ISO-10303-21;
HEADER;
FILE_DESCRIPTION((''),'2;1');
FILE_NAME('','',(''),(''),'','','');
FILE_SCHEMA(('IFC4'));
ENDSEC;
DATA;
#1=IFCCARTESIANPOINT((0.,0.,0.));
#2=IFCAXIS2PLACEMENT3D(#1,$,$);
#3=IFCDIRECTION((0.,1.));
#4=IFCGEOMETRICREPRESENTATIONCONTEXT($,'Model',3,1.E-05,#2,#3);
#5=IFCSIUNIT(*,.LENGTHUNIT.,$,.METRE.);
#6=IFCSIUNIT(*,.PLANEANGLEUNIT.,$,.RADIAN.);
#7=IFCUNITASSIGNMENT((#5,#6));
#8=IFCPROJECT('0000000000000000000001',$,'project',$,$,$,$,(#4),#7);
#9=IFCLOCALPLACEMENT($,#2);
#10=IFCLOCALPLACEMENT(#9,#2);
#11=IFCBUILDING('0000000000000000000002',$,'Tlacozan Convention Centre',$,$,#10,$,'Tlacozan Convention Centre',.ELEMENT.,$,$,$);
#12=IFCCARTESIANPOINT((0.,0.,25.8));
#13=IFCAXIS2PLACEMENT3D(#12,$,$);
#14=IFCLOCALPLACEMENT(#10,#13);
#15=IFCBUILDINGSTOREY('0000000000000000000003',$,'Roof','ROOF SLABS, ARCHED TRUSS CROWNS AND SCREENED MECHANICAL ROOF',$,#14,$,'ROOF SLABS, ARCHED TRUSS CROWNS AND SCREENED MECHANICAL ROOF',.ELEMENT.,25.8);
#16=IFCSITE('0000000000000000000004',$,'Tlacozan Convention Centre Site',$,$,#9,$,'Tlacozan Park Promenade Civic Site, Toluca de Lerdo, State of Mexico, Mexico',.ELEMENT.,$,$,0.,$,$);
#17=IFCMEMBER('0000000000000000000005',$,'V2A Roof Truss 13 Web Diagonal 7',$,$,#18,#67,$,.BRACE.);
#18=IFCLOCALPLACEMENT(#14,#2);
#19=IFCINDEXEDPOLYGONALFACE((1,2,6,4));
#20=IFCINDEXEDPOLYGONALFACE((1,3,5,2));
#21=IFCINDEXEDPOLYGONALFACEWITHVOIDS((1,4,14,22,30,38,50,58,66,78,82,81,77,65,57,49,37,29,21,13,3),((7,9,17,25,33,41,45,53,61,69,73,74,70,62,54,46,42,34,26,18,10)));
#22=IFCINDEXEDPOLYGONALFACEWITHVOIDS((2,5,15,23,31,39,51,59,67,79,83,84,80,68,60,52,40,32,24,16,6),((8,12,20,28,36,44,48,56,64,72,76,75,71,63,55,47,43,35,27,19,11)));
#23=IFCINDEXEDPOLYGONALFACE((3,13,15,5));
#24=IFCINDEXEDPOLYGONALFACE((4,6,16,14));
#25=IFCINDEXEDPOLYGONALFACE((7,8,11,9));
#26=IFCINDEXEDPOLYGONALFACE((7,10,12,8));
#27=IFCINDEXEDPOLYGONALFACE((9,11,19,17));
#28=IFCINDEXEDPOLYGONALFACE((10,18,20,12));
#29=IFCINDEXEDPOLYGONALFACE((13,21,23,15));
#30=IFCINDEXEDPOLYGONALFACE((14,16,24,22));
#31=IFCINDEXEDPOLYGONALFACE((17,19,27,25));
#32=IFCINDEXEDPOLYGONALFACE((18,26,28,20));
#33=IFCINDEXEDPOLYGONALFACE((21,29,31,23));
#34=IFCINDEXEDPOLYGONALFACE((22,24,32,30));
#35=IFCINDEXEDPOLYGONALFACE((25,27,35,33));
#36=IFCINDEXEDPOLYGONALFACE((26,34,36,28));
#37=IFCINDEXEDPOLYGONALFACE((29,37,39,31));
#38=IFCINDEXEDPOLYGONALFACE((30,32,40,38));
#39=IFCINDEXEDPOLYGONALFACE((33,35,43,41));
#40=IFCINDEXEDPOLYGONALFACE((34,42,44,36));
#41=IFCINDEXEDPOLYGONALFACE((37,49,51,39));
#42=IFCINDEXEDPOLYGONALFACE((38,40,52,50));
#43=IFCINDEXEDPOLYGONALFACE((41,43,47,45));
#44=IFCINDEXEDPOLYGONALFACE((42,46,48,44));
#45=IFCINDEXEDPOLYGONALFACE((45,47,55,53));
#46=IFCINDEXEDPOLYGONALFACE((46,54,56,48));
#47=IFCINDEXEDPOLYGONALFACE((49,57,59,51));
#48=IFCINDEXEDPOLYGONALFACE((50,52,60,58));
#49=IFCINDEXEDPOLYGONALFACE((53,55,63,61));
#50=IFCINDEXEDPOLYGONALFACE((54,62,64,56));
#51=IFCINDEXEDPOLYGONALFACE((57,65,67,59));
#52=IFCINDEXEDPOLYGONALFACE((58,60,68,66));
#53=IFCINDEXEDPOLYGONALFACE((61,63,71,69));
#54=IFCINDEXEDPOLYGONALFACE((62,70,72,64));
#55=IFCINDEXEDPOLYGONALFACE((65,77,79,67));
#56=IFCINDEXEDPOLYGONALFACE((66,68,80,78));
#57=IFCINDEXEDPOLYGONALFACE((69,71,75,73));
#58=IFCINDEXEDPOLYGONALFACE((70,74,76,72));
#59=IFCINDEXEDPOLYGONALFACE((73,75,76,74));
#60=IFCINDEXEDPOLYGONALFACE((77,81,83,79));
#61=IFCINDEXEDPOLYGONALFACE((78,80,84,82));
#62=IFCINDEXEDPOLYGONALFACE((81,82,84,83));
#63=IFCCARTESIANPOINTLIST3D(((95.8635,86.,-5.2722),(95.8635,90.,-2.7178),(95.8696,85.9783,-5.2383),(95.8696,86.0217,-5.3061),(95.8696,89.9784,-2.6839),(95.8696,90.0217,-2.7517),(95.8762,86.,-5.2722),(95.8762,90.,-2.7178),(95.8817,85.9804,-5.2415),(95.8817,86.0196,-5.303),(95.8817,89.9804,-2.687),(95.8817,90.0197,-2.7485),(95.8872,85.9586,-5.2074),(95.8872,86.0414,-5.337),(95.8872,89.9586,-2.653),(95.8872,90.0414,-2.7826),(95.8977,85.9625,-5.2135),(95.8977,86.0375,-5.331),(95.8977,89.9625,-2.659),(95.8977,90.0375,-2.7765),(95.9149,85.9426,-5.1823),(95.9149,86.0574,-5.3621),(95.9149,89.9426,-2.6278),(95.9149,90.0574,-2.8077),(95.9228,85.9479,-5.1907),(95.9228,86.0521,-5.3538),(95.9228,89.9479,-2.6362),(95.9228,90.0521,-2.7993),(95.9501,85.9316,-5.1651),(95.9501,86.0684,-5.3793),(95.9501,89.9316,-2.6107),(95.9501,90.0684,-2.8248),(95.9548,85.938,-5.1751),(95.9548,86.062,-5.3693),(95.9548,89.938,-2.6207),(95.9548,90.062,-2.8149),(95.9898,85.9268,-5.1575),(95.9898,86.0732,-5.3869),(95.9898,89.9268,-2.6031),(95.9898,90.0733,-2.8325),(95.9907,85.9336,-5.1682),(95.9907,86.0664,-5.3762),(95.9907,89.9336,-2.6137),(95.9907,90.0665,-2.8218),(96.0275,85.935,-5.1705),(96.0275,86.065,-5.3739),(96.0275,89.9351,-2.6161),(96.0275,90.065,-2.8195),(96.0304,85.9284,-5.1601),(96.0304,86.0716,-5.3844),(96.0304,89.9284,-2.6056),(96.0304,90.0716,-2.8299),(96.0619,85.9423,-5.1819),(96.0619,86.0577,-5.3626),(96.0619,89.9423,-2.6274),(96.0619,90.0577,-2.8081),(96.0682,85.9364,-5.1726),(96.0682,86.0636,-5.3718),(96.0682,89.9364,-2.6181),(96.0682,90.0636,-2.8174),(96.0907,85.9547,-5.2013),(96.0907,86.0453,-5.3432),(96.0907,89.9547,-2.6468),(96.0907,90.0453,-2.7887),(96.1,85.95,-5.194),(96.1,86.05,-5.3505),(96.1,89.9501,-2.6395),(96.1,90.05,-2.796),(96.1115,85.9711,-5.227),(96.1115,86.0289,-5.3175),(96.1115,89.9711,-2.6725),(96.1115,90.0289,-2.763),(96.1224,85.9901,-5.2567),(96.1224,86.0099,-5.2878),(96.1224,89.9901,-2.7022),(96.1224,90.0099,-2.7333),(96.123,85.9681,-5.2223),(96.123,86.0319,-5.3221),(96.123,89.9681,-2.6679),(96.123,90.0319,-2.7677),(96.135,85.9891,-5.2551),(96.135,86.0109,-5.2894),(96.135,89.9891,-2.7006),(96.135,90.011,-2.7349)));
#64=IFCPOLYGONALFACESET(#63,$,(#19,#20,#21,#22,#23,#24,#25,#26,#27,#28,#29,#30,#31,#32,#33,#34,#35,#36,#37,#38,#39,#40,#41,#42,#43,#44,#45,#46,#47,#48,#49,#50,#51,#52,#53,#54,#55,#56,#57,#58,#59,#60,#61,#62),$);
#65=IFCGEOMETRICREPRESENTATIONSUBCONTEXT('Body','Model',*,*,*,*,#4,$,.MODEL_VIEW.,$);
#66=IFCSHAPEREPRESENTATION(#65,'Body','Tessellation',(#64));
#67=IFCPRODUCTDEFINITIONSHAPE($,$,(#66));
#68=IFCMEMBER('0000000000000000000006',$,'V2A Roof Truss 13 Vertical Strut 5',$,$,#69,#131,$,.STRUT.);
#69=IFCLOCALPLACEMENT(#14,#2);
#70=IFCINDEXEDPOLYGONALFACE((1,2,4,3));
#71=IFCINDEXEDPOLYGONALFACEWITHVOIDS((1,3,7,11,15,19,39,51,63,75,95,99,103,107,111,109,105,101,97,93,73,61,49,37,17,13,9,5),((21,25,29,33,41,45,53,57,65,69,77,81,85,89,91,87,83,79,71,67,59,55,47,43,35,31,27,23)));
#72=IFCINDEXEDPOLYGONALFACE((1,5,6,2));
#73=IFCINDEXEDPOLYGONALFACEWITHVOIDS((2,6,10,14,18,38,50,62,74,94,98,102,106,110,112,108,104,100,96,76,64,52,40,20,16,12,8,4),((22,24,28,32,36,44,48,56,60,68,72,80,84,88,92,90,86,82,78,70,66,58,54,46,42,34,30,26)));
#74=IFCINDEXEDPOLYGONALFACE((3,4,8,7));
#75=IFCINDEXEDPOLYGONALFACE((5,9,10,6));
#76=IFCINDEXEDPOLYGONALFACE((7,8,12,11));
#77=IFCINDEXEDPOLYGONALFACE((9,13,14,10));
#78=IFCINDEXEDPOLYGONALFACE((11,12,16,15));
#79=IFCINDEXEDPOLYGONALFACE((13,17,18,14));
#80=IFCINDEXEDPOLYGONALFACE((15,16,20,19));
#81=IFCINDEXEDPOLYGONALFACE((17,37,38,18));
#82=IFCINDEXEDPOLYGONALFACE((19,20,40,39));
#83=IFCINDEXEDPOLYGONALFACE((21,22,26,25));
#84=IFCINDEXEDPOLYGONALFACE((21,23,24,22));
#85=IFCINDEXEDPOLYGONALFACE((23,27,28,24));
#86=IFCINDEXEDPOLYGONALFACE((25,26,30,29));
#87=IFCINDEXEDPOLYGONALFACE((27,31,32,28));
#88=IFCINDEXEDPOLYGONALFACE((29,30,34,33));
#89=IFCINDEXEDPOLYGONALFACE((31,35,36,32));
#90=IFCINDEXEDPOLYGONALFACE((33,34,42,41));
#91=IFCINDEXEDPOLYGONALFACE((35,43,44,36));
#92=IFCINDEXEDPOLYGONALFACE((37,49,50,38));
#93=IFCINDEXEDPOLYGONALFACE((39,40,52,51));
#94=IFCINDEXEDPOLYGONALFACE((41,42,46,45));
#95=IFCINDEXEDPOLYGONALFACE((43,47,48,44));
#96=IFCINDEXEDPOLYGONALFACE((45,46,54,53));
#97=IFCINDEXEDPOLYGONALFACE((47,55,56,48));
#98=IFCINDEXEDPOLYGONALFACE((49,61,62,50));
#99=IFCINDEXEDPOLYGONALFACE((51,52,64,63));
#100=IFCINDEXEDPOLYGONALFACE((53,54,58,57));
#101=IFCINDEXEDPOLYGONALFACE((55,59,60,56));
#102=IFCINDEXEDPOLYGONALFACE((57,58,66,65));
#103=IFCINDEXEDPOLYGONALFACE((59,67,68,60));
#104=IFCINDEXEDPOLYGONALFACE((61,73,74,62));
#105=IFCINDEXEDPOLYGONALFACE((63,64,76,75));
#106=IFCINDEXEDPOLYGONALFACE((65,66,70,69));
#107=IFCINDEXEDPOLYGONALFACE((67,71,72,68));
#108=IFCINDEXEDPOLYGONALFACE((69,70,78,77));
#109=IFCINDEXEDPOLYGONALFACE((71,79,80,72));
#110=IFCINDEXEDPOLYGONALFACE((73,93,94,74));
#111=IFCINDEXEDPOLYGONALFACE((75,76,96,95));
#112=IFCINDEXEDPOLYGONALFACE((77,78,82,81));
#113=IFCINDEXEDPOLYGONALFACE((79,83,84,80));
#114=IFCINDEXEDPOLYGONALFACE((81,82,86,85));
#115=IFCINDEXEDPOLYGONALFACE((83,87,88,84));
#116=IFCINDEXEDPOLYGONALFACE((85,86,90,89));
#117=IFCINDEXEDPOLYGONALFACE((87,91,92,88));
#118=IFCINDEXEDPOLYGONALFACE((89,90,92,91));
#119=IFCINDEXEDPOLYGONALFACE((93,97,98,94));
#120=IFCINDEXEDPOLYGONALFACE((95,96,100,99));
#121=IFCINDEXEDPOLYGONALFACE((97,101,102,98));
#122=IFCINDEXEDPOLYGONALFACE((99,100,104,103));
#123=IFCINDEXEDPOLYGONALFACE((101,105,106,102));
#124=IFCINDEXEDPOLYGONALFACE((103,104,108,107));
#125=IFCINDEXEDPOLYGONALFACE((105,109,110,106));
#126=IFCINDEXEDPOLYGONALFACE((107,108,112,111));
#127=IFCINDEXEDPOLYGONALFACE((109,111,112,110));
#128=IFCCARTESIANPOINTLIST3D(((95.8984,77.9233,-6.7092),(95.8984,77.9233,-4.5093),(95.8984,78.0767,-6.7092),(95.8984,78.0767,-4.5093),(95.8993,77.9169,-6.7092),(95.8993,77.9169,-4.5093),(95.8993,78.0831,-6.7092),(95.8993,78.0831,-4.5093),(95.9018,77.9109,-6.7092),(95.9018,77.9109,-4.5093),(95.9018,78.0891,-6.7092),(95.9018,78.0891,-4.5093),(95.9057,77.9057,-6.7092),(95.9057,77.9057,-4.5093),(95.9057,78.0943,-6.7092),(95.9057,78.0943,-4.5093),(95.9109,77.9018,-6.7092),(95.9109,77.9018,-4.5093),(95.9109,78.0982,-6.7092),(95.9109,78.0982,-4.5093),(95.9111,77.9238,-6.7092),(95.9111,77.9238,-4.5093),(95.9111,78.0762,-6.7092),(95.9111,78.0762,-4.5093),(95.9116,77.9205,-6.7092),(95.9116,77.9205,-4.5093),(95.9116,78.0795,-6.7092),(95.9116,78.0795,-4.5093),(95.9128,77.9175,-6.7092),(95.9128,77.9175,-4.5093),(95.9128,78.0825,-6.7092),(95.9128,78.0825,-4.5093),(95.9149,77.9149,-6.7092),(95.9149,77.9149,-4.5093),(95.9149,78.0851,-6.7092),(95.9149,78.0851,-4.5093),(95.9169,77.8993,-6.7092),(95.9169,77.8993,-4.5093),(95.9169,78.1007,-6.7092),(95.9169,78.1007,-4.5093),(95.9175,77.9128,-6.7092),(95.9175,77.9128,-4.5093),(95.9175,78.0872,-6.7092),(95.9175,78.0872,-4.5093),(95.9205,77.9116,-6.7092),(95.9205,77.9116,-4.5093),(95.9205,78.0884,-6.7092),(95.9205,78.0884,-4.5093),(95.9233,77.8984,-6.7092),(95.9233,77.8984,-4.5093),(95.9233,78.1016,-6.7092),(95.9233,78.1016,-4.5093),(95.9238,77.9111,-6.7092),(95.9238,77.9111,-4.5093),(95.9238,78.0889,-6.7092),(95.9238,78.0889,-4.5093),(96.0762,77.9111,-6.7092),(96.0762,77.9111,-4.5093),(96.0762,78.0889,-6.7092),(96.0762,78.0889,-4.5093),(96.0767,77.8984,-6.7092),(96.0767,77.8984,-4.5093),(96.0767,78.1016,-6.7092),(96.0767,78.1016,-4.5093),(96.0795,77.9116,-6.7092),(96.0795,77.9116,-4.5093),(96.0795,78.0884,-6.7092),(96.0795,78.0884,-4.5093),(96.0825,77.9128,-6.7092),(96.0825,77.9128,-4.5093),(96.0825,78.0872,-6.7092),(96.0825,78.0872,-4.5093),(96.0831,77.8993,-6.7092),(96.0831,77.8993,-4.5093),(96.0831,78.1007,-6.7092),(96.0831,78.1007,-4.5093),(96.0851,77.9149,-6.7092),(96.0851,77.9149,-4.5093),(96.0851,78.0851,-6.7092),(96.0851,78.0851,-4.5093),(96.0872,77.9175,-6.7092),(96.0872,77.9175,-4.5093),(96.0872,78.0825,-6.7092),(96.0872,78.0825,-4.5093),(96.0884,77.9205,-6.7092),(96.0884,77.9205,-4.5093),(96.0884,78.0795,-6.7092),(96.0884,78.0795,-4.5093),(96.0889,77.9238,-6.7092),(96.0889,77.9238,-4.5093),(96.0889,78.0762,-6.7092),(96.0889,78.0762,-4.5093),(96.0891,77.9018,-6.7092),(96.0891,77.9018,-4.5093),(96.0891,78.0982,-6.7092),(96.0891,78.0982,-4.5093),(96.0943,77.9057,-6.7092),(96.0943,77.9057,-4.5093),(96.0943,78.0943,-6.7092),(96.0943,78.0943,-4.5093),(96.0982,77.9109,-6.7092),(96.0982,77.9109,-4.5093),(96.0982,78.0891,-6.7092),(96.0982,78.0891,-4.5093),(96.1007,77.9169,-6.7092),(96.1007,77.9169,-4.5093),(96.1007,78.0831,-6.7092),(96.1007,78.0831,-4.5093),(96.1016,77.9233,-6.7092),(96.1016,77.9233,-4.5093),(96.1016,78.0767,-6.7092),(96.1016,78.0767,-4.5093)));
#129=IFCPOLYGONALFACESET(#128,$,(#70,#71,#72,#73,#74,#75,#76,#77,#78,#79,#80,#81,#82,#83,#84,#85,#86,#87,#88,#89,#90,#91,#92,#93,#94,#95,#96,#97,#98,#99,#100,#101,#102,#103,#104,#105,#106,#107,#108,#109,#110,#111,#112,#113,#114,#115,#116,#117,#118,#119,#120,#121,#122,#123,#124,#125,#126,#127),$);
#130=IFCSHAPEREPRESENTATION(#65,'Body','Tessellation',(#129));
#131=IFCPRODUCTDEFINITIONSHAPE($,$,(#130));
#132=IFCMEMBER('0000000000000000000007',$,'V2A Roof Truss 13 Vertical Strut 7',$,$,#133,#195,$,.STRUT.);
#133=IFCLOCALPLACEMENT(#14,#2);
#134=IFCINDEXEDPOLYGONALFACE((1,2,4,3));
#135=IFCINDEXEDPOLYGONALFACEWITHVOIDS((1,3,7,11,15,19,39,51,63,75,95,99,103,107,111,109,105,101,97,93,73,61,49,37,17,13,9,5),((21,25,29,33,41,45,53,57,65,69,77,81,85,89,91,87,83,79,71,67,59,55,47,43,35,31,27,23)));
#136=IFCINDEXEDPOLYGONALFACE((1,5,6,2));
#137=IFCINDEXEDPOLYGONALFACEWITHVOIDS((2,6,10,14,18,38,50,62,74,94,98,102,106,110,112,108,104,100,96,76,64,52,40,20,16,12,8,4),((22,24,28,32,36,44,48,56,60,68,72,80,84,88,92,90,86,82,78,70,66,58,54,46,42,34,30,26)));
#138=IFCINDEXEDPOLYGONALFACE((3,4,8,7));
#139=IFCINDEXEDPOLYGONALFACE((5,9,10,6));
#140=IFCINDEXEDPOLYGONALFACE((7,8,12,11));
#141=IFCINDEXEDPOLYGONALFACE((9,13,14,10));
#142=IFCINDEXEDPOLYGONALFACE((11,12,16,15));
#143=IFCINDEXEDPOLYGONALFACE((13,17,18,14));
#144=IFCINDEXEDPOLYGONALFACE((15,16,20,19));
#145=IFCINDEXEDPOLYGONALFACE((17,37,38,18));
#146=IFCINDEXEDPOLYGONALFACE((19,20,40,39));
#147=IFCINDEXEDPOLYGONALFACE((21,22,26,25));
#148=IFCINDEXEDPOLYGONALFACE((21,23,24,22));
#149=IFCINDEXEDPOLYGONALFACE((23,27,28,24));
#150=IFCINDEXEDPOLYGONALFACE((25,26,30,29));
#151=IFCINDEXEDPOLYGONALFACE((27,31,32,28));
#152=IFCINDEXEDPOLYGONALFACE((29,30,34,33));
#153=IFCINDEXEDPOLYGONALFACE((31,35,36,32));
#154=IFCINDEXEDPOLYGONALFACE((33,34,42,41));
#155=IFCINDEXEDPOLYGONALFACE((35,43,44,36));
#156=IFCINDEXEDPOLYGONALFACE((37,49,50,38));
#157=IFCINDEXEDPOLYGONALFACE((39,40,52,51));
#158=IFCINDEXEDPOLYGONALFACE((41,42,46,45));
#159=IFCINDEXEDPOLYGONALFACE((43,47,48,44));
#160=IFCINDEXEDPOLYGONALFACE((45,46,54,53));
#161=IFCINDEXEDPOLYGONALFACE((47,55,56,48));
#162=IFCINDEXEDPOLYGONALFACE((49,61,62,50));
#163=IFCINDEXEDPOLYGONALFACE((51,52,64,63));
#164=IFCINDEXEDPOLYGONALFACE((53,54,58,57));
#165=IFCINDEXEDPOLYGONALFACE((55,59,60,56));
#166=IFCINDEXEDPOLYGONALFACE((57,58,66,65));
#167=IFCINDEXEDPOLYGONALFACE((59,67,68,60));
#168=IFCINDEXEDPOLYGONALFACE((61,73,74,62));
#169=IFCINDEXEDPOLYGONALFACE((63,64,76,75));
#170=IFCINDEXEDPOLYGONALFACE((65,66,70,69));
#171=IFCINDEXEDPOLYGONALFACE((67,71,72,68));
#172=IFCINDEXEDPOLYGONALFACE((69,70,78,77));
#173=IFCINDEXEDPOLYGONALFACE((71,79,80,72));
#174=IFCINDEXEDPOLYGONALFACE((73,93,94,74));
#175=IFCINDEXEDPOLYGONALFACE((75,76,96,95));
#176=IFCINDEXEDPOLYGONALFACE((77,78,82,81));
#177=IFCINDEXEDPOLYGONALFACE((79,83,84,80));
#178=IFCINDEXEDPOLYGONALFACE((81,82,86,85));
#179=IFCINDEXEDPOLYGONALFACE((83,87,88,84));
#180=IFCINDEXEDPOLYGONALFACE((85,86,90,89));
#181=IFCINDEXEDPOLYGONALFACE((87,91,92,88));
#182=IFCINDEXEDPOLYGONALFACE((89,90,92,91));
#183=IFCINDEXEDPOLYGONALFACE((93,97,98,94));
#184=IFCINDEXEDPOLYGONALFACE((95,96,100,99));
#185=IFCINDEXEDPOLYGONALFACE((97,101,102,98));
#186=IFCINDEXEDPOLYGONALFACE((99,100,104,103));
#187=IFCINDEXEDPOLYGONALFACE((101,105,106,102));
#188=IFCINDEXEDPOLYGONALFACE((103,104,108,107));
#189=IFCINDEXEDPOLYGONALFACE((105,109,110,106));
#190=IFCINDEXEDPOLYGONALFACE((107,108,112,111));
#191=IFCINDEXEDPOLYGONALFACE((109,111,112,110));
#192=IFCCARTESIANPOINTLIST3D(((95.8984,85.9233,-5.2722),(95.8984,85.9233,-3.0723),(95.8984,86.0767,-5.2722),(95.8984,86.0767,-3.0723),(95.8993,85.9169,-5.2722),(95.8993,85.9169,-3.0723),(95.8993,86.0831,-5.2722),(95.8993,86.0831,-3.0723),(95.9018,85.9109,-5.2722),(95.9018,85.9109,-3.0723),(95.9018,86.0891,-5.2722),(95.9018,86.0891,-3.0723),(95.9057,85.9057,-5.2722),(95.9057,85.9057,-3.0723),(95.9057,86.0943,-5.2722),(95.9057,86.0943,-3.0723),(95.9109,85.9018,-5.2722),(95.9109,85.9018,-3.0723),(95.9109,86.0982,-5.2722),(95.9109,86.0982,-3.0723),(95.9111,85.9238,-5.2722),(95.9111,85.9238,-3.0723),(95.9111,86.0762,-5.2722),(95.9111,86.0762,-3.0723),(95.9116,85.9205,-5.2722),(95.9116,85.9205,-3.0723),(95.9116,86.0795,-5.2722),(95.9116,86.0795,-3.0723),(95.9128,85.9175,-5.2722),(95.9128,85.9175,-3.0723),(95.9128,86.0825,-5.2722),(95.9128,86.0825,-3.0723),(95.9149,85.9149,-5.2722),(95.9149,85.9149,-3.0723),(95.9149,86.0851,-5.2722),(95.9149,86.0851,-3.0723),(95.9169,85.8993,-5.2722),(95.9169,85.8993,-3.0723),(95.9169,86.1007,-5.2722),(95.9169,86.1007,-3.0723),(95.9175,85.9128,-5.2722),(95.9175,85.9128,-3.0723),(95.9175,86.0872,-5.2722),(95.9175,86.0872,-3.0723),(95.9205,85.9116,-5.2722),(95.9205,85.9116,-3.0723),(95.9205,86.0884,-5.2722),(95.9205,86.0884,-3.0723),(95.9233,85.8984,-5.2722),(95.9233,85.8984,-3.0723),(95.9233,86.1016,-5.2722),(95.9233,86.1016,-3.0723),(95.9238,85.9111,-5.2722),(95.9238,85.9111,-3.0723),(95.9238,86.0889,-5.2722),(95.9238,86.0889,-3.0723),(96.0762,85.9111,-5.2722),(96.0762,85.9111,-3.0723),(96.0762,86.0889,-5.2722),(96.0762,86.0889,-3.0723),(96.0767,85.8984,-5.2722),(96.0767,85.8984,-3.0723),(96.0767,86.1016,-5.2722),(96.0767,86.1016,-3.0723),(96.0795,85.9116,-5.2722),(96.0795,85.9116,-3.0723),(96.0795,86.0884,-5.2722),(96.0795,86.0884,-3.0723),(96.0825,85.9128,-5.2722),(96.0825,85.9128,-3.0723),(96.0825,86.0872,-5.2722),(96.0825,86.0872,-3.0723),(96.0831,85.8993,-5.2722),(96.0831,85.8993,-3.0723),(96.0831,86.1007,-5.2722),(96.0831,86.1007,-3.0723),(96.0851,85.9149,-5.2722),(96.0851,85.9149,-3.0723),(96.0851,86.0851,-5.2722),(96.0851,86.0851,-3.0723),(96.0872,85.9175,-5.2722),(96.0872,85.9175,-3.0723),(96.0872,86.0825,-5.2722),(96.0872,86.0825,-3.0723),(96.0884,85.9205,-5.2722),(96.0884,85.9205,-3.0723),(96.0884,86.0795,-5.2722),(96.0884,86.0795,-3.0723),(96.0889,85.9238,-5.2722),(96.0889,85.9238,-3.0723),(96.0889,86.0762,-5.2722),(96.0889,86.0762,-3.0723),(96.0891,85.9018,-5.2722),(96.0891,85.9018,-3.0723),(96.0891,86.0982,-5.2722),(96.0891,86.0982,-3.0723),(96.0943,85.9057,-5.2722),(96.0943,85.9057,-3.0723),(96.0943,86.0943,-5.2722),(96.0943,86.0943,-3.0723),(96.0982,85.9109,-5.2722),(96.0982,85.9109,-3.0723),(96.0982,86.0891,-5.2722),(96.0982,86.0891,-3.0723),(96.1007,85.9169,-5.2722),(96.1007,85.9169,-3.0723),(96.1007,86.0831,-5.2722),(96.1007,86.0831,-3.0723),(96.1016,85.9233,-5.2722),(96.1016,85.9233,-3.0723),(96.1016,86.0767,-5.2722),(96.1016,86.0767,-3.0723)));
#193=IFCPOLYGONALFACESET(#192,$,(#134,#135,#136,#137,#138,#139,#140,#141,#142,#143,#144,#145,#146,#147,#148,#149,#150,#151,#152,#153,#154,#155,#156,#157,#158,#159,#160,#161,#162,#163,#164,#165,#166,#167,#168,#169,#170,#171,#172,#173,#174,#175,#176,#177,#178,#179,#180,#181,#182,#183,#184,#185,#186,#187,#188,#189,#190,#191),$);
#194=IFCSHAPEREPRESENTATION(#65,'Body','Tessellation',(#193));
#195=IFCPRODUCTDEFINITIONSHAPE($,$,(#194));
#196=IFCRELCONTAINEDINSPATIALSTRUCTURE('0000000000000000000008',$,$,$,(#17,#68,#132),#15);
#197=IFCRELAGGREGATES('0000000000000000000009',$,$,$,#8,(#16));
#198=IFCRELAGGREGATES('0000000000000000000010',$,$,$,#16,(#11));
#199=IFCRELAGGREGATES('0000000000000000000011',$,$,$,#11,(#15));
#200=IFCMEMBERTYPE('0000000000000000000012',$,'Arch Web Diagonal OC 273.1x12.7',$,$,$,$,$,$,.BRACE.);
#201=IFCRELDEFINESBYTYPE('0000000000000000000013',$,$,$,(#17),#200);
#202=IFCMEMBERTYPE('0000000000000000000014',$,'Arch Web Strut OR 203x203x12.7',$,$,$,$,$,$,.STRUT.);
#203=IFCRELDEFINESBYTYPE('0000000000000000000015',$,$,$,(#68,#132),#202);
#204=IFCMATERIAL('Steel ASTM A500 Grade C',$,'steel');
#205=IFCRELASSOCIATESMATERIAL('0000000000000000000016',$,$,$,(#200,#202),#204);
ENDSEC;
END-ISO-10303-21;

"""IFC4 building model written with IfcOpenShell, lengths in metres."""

from ifc_helpers import new_model, si_unit, direction, frame, origin, origin_2d, place, context, subcontext, project, spatial, hollow_rectangle, hollow_circle, extrude, material, material_profile, profile_set, type_object, element, save


model = new_model("IFC4")

# Units and contexts
model_context = context("Model", 3, precision=1e-05, world=origin(), true_north=direction((0.0, 1.0)))
body_context = subcontext(model_context, "Body", "Model", "MODEL_VIEW")
ifc_project = project(units=[si_unit("LENGTHUNIT", "METRE"), si_unit("PLANEANGLEUNIT", "RADIAN")], contexts=[model_context])

# Site, building, storey
site_placement = place(None, origin())
site = spatial("IfcSite", under=ifc_project, at=site_placement, Name="Tlacozan Convention Centre Site", LongName="Tlacozan Park Promenade Civic Site, Toluca de Lerdo, State of Mexico, Mexico", CompositionType="ELEMENT", RefElevation=0.0)
building_placement = place(site_placement, origin())
building = spatial("IfcBuilding", under=site, at=building_placement, Name="Tlacozan Convention Centre", LongName="Tlacozan Convention Centre", CompositionType="ELEMENT")
storey_placement = place(building_placement, frame((0.0, 0.0, 25.8)))
storey = spatial("IfcBuildingStorey", under=building, at=storey_placement, Name="Roof", Description="ROOF SLABS, ARCHED TRUSS CROWNS AND SCREENED MECHANICAL ROOF", LongName="ROOF SLABS, ARCHED TRUSS CROWNS AND SCREENED MECHANICAL ROOF", CompositionType="ELEMENT", Elevation=25.8)

# Members
ifc_material_1 = material(Name="Steel ASTM A500 Grade C", Category="steel")
ifc_material_profile_1 = material_profile(ifc_material_1, hollow_circle(Radius=0.1365, WallThickness=0.0127, at=origin_2d()), Name="OC 273.1x12.7")
ifc_profile_set_1 = profile_set([ifc_material_profile_1], Name="Steel ASTM A500 Grade C")
member_type_1 = type_object("IfcMemberType", Name="Arch Web Diagonal OC 273.1x12.7", PredefinedType="BRACE", material=ifc_profile_set_1)
member_1_placement = place(storey_placement, frame((96.0, 86.0, -5.2722), z_axis=(0.0, 0.842803, 0.538223), x_axis=(-1.0, 0.0, 0.0)))
element("IfcMember", 1, at=member_1_placement, inside=storey, type_object=member_type_1, Name="V2A Roof Truss 13 Web Diagonal 7", PredefinedType="BRACE", context=body_context, shape_type="SweptSolid", body=[
    extrude(hollow_circle(Radius=0.1365, WallThickness=0.0127, at=origin_2d()), origin(), (0.0, 0.0, 1.0), 4.7461),
])
ifc_material_profile_2 = material_profile(ifc_material_1, hollow_rectangle(XDim=0.2031, YDim=0.2031, WallThickness=0.0127, InnerFilletRadius=0.0127, OuterFilletRadius=0.0249, at=origin_2d()), Name="OR 203x203x12.7")
ifc_profile_set_2 = profile_set([ifc_material_profile_2], Name="Steel ASTM A500 Grade C")
member_type_2 = type_object("IfcMemberType", Name="Arch Web Strut OR 203x203x12.7", PredefinedType="STRUT", material=ifc_profile_set_2)
for number, where, z_axis, x_axis, name in (
    (2, (96.0, 78.0, -6.7092), (0.0, 0.0, 1.0), (1.0, 0.0, 0.0), "V2A Roof Truss 13 Vertical Strut 5"),
    (3, (96.0, 86.0, -5.2722), (0.0, 0.0, 1.0), (1.0, 0.0, 0.0), "V2A Roof Truss 13 Vertical Strut 7"),
):
    element("IfcMember", number, at=place(storey_placement, frame(where, z_axis=z_axis, x_axis=x_axis)), inside=storey, type_object=member_type_2, Name=name, PredefinedType="STRUT", context=body_context, shape_type="SweptSolid", body=[
        extrude(hollow_rectangle(XDim=0.2031, YDim=0.2031, WallThickness=0.0127, InnerFilletRadius=0.0127, OuterFilletRadius=0.0249, at=origin_2d()), origin(), (0.0, 0.0, 1.0), 2.2),
    ])

save(model, "model.ifc")
